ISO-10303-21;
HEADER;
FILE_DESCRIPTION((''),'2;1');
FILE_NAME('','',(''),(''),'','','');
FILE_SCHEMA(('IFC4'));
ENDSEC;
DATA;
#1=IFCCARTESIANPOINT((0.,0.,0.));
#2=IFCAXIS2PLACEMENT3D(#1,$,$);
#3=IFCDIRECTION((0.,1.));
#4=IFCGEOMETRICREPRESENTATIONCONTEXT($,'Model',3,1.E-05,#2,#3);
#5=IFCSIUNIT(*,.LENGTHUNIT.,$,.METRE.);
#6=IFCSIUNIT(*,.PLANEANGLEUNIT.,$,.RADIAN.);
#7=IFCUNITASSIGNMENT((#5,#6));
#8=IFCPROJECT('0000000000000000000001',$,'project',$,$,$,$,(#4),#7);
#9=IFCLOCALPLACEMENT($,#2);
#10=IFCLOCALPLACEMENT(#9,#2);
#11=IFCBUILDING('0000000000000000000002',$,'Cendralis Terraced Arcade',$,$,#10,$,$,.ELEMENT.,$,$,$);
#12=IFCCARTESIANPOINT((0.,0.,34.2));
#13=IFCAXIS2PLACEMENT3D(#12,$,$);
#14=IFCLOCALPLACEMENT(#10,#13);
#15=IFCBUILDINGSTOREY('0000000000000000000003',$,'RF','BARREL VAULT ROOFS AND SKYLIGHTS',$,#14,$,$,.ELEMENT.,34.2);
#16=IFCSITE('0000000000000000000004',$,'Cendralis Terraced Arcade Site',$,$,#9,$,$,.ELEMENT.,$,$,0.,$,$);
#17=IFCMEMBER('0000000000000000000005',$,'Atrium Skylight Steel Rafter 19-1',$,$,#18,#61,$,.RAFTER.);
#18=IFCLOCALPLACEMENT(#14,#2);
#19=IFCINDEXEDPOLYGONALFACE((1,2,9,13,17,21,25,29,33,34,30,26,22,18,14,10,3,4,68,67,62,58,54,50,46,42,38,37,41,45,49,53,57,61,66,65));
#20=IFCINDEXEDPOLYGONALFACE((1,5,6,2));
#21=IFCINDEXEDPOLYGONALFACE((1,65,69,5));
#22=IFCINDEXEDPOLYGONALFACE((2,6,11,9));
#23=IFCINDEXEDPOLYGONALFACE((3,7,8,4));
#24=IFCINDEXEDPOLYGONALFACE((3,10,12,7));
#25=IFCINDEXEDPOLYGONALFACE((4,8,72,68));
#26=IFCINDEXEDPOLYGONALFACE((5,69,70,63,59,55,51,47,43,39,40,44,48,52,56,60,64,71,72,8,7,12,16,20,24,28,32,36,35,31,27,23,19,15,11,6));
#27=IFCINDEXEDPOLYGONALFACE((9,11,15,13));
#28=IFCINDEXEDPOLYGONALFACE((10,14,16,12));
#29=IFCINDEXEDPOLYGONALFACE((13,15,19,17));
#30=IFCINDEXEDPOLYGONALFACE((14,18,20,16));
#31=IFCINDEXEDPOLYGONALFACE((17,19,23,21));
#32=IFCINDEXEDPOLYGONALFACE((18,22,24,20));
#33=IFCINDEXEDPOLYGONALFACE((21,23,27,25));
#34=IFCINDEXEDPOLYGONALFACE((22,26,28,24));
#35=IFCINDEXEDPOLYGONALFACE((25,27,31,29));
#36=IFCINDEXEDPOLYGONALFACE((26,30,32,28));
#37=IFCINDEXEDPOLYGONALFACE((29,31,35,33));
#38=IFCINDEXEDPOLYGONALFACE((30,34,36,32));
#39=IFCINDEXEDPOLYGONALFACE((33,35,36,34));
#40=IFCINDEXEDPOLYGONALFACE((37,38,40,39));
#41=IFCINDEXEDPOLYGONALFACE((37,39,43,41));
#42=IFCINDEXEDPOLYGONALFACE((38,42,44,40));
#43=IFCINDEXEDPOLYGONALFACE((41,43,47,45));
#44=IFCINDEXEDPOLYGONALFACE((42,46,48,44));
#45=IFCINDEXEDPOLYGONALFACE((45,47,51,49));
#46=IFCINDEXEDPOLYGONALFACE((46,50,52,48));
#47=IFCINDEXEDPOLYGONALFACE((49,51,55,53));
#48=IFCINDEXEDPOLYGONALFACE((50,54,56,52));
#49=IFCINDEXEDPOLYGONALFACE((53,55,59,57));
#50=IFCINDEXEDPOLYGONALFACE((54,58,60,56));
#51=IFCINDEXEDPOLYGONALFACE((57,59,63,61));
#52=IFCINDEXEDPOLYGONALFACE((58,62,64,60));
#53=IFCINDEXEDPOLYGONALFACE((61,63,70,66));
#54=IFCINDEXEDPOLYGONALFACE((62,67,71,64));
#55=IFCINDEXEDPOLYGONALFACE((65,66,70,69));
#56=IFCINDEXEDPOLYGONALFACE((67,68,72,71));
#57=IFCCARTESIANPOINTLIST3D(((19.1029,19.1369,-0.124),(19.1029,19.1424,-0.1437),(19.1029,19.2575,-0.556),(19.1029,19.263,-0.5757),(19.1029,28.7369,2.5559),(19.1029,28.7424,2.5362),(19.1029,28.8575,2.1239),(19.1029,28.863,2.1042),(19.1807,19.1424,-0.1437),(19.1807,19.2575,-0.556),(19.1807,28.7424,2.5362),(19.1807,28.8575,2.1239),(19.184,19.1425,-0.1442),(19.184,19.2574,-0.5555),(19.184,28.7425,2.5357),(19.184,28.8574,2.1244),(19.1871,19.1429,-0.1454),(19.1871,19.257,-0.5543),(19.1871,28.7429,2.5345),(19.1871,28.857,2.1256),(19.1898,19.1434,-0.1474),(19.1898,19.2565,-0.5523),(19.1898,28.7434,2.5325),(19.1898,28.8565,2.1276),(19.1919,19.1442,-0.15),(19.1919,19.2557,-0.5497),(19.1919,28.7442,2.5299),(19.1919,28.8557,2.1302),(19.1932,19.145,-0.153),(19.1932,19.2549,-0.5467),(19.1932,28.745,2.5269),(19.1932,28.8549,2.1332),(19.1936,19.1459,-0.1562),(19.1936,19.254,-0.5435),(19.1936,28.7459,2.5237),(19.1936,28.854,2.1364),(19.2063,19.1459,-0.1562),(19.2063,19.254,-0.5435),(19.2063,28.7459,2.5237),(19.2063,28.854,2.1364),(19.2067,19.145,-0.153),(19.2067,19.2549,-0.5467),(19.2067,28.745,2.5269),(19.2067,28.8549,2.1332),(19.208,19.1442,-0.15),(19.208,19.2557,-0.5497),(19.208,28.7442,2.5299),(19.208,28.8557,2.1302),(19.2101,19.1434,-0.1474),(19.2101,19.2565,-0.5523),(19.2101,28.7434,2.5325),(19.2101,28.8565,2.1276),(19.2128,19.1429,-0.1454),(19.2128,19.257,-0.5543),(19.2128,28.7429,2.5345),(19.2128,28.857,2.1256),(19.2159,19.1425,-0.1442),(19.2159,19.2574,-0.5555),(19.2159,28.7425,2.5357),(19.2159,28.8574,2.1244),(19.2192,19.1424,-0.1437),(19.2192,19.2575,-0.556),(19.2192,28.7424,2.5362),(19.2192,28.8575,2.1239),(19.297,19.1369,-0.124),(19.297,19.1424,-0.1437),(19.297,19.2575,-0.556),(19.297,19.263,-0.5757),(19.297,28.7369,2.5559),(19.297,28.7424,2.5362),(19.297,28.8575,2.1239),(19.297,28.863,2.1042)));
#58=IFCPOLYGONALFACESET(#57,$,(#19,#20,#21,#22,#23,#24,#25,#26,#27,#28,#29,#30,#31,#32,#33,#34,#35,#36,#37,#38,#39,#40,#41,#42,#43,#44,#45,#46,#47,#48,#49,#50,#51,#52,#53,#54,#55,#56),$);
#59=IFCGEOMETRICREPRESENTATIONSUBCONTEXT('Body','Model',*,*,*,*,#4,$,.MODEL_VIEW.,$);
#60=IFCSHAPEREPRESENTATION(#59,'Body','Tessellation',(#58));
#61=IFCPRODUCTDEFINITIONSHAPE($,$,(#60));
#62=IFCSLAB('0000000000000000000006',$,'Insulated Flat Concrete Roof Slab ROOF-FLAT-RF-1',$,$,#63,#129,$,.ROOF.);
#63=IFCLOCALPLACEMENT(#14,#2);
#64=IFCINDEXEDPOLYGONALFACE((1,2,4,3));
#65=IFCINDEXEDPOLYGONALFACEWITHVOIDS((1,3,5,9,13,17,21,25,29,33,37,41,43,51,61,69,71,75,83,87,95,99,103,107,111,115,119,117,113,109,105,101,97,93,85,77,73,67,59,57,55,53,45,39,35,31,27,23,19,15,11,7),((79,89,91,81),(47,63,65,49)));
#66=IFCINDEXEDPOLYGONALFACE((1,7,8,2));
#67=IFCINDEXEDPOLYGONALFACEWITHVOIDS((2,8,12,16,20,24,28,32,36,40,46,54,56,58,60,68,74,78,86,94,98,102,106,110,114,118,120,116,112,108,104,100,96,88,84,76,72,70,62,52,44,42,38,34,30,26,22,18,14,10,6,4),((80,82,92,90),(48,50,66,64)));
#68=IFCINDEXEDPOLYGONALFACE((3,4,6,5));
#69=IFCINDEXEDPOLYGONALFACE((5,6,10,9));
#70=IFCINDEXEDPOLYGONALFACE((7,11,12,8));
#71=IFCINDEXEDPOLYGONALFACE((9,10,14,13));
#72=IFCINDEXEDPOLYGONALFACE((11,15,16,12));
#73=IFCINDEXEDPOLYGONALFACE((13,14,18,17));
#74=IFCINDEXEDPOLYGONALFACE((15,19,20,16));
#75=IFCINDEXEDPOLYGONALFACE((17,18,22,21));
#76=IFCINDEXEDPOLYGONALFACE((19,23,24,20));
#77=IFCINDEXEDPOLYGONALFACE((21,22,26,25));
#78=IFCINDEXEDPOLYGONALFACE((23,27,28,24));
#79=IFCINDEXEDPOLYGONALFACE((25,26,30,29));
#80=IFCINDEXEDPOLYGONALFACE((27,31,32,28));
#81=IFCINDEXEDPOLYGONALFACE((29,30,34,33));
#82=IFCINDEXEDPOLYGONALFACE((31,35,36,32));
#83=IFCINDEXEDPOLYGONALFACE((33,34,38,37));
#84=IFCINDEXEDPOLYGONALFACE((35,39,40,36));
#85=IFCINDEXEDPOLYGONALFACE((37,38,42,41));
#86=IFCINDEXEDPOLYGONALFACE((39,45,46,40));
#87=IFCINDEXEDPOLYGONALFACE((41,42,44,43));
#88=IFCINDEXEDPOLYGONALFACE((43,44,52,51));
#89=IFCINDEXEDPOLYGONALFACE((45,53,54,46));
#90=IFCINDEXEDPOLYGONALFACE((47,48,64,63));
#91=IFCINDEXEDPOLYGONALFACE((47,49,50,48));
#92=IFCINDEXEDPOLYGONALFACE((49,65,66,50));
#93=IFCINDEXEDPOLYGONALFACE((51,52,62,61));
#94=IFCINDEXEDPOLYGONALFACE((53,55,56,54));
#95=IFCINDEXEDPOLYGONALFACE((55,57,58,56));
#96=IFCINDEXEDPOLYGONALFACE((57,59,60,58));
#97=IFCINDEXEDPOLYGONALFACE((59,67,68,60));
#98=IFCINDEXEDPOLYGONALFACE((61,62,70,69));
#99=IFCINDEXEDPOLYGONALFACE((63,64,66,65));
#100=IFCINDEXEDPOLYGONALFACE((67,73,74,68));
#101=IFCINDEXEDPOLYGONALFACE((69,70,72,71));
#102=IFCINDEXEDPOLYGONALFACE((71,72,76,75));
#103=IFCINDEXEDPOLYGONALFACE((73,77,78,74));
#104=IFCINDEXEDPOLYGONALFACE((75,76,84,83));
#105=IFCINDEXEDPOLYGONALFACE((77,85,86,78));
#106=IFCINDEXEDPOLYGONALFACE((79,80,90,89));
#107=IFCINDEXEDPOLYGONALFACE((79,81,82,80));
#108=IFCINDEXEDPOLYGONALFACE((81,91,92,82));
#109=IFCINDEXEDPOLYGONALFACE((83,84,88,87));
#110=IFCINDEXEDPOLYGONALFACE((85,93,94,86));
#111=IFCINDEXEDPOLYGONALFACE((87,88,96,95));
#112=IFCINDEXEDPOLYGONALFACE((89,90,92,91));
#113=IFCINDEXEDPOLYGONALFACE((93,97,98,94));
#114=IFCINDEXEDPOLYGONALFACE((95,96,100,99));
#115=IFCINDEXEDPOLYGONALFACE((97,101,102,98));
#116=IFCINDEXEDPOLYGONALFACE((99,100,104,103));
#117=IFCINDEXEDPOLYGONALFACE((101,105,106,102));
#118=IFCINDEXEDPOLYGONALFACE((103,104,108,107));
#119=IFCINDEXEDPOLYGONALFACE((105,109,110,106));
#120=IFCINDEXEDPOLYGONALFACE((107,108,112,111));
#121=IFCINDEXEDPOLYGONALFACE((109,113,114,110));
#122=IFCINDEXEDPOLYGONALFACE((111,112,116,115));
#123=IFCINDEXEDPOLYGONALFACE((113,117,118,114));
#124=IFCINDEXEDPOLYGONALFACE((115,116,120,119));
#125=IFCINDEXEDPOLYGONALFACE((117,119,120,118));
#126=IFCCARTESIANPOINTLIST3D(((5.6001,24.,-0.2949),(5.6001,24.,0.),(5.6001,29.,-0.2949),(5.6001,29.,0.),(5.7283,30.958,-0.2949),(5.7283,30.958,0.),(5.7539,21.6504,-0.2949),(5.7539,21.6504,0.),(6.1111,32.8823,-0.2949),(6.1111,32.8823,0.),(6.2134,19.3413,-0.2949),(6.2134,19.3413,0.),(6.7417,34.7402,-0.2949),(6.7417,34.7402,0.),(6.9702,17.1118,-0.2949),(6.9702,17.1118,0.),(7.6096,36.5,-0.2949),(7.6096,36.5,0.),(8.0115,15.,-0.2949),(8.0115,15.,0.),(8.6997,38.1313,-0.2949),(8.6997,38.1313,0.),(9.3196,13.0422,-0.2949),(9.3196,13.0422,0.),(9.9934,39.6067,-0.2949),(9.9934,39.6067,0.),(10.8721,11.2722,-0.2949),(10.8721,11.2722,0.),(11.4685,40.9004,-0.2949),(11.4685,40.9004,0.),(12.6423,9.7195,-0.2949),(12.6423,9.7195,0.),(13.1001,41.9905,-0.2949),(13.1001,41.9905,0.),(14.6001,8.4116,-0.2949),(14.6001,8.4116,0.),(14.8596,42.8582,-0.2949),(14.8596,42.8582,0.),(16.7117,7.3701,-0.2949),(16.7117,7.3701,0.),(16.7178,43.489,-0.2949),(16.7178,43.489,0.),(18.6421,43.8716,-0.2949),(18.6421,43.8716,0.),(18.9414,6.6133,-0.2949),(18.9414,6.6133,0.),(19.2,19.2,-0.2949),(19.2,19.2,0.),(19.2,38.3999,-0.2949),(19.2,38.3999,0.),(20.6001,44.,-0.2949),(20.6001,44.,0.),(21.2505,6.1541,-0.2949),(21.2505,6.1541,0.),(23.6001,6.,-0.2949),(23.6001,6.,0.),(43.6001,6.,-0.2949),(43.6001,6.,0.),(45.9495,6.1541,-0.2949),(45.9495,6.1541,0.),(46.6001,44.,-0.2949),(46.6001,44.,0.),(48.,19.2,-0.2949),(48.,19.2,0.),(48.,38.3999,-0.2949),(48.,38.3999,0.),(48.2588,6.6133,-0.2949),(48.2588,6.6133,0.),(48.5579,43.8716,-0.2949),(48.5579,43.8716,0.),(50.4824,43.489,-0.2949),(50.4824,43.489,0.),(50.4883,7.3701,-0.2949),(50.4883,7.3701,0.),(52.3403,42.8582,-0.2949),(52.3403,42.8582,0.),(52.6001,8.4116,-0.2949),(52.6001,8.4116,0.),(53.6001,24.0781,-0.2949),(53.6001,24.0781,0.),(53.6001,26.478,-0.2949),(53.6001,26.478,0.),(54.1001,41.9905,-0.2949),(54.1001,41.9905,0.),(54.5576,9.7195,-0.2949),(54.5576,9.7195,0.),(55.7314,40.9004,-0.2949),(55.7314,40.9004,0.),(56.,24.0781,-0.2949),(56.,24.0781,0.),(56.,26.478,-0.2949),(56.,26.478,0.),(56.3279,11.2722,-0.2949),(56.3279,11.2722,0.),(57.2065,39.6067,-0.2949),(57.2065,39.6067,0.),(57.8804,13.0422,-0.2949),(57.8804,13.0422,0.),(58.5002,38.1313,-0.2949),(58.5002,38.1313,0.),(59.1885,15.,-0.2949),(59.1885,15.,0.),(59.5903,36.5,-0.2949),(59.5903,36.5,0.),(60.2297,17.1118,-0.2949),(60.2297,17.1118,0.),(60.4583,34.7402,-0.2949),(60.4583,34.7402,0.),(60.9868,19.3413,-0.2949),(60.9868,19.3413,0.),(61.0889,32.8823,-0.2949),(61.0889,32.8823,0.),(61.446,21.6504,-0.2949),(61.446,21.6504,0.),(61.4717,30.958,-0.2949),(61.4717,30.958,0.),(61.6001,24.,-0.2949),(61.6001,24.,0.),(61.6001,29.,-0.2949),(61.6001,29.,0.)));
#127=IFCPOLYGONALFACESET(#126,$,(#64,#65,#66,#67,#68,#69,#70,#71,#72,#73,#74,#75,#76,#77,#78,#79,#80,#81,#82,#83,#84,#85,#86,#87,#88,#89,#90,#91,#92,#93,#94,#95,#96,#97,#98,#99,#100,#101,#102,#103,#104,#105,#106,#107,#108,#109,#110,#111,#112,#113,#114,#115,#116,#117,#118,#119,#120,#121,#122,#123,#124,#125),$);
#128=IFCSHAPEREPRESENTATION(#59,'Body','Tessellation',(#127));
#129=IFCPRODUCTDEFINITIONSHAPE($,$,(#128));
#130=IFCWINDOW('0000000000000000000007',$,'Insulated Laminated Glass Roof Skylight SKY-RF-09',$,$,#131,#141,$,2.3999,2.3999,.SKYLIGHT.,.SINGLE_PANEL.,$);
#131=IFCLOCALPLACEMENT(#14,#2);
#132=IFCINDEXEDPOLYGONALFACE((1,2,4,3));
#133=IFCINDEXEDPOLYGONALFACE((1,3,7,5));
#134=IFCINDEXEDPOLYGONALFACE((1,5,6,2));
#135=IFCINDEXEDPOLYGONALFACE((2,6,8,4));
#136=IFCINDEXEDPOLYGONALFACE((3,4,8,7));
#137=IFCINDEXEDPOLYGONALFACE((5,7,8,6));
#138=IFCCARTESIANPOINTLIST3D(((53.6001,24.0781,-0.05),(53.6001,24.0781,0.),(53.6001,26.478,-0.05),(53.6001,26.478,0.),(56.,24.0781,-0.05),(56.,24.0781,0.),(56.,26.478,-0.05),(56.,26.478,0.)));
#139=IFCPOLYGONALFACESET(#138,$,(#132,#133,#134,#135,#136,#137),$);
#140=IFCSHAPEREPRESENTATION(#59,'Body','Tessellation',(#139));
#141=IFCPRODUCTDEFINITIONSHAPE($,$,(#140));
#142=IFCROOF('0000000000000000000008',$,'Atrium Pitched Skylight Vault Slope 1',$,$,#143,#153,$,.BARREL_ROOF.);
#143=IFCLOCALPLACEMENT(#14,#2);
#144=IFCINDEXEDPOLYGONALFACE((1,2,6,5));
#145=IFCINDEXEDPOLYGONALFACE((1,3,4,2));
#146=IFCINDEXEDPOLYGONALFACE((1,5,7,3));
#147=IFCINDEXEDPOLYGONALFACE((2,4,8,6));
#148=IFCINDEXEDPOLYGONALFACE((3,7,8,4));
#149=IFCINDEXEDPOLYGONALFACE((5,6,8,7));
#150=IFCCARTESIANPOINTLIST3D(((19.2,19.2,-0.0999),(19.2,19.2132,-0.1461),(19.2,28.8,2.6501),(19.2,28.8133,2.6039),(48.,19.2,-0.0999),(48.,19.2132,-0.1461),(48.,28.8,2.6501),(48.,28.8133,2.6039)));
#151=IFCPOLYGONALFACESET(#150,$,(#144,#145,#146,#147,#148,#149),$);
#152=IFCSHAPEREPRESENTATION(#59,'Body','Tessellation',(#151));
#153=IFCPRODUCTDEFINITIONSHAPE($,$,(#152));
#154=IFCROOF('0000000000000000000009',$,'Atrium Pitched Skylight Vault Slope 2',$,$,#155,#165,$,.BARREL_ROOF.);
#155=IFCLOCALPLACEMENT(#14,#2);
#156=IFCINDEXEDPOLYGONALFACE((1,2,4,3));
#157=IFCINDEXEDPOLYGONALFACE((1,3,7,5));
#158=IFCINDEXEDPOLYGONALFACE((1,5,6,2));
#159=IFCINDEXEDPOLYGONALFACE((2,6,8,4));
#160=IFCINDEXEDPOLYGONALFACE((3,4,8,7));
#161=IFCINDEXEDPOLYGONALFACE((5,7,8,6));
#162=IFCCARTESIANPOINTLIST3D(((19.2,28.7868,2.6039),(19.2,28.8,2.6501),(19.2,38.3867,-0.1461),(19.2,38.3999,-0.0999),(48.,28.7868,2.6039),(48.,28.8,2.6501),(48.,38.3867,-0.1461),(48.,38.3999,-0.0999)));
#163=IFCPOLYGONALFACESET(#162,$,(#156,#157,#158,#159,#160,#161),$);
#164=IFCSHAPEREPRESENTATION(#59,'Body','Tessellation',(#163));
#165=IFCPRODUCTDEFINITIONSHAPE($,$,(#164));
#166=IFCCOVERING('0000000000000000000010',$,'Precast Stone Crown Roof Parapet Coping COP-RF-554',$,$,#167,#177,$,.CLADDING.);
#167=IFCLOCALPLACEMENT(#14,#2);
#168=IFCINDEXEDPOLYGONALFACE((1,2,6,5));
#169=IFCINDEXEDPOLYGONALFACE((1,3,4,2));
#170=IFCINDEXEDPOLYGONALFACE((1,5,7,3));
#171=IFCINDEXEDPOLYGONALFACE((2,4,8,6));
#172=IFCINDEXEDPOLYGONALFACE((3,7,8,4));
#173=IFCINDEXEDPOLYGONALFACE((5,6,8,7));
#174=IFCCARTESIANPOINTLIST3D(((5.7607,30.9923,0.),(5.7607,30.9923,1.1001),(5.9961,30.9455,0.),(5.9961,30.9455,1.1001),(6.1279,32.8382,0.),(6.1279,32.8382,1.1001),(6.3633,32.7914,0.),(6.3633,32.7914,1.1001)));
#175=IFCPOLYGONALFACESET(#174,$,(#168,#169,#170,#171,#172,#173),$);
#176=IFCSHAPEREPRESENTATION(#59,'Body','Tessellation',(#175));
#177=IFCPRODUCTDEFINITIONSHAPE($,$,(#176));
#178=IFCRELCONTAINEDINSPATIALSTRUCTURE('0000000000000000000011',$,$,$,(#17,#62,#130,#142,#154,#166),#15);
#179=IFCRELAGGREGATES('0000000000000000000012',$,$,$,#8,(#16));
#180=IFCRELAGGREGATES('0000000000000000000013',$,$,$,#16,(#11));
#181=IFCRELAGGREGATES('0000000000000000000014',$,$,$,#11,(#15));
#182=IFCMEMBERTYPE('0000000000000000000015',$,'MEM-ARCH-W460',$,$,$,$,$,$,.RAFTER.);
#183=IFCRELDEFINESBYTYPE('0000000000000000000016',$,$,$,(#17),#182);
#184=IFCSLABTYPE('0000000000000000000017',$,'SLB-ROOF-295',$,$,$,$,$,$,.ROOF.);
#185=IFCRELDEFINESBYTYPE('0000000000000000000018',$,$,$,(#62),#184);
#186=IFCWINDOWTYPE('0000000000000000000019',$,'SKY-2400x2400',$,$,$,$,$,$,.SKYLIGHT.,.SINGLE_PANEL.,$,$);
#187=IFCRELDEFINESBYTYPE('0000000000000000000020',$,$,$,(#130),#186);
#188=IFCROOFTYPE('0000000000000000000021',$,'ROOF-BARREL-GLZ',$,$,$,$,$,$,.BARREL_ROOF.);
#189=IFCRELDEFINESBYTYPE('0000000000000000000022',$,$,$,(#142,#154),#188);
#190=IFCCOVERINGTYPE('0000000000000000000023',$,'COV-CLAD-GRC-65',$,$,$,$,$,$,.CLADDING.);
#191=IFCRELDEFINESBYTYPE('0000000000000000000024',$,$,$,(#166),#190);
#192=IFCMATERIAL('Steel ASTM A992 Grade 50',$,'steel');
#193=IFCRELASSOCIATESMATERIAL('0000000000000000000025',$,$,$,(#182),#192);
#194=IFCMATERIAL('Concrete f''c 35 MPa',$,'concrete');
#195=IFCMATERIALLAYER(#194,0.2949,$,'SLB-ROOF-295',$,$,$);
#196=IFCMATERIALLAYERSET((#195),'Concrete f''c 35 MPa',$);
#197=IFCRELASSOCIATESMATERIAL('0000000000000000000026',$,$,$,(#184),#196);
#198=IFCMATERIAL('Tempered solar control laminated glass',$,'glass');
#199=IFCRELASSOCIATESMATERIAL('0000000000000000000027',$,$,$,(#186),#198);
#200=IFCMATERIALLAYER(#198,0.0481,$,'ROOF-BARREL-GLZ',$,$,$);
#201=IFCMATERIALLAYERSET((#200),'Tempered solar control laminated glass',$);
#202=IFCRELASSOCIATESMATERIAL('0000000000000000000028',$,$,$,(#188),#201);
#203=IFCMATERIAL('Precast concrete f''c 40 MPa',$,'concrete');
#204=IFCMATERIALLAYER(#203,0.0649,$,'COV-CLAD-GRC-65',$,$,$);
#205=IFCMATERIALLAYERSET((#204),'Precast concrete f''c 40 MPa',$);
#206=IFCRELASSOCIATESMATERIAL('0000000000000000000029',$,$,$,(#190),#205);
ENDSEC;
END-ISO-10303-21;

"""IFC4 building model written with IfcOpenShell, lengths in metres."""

from ifc_helpers import new_model, si_unit, direction, frame, origin, origin_2d, place, context, subcontext, project, spatial, polyline, rectangle, i_section, outline, extrude, material, layer, layer_set, material_profile, profile_set, type_object, element, fill, save


model = new_model("IFC4")

# Units and contexts
model_context = context("Model", 3, precision=1e-05, world=origin(), true_north=direction((0.0, 1.0)))
body_context = subcontext(model_context, "Body", "Model", "MODEL_VIEW")
ifc_project = project(units=[si_unit("LENGTHUNIT", "METRE"), si_unit("PLANEANGLEUNIT", "RADIAN")], contexts=[model_context])

# Site, building, storey
site_placement = place(None, origin())
site = spatial("IfcSite", under=ifc_project, at=site_placement, Name="Cendralis Terraced Arcade Site", CompositionType="ELEMENT", RefElevation=0.0)
building_placement = place(site_placement, origin())
building = spatial("IfcBuilding", under=site, at=building_placement, Name="Cendralis Terraced Arcade", CompositionType="ELEMENT")
storey_placement = place(building_placement, frame((0.0, 0.0, 34.2)))
storey = spatial("IfcBuildingStorey", under=building, at=storey_placement, Name="RF", Description="BARREL VAULT ROOFS AND SKYLIGHTS", CompositionType="ELEMENT", Elevation=34.2)

# Shared definitions
ifc_material_1 = material(Name="Steel ASTM A992 Grade 50", Category="steel")

# Member
ifc_material_profile_1 = material_profile(ifc_material_1, i_section(OverallWidth=0.1941, OverallDepth=0.469, WebThickness=0.0127, FlangeThickness=0.0205, FilletRadius=0.0129, at=origin_2d()), Name="W460X106", Category="LoadBearing")
ifc_profile_set_1 = profile_set([ifc_material_profile_1], Name="Steel ASTM A992 Grade 50")
member_type_1 = type_object("IfcMemberType", Name="MEM-ARCH-W460", PredefinedType="RAFTER", material=ifc_profile_set_1)
member_1_placement = place(storey_placement, frame((19.2, 19.2, -0.3499), z_axis=(0.0, 0.963175, 0.268877), x_axis=(-1.0, 0.0, 0.0)))
element("IfcMember", 1, at=member_1_placement, inside=storey, type_object=member_type_1, Name="Atrium Skylight Steel Rafter 19-1", PredefinedType="RAFTER", context=body_context, shape_type="SweptSolid", body=[
    extrude(i_section(OverallWidth=0.1941, OverallDepth=0.469, WebThickness=0.0127, FlangeThickness=0.0205, FilletRadius=0.0129, at=origin_2d()), origin(), (0.0, 0.0, 1.0), 9.967),
])

# Slab, opening, window
ifc_material_2 = material(Name="Concrete f'c 35 MPa", Category="concrete")
ifc_layer_1 = layer(ifc_material_2, 0.2949, Name="SLB-ROOF-295")
ifc_layer_set_1 = layer_set([ifc_layer_1], Name="Concrete f'c 35 MPa")
slab_type = type_object("IfcSlabType", Name="SLB-ROOF-295", PredefinedType="ROOF", material=ifc_layer_set_1)
slab_placement = place(storey_placement, frame((0.0, 0.0, -0.2949)))
slab = element("IfcSlab", 2, at=slab_placement, inside=storey, type_object=slab_type, Name="Insulated Flat Concrete Roof Slab ROOF-FLAT-RF-1", PredefinedType="ROOF", context=body_context, shape_type="SweptSolid", body=[
    extrude(outline(polyline([(5.7283, 30.958), (6.1111, 32.8823), (6.7417, 34.7402), (7.6096, 36.5), (8.6997, 38.1313), (9.9934, 39.6067), (11.4685, 40.9004), (13.1001, 41.9905), (14.8596, 42.8582), (16.7178, 43.489), (18.6421, 43.8716), (20.6001, 44.0), (46.6001, 44.0), (48.5579, 43.8716), (50.4824, 43.489), (52.3403, 42.8582), (54.1001, 41.9905), (55.7314, 40.9004), (57.2065, 39.6067), (58.5002, 38.1313), (59.5903, 36.5), (60.4583, 34.7402), (61.0889, 32.8823), (61.4717, 30.958), (61.6001, 29.0), (61.6001, 24.0), (61.446, 21.6504), (60.9868, 19.3413), (60.2297, 17.1118), (59.1885, 15.0), (57.8804, 13.0422), (56.3279, 11.2722), (54.5576, 9.7195), (52.6001, 8.4116), (50.4883, 7.3701), (48.2588, 6.6133), (45.9495, 6.1541), (43.6001, 6.0), (23.6001, 6.0), (21.2505, 6.1541), (18.9414, 6.6133), (16.7117, 7.3701), (14.6001, 8.4116), (12.6423, 9.7195), (10.8721, 11.2722), (9.3196, 13.0422), (8.0115, 15.0), (6.9702, 17.1118), (6.2134, 19.3413), (5.7539, 21.6504), (5.6001, 24.0), (5.6001, 29.0), (5.7283, 30.958)]), holes=[polyline([(48.0, 38.3999), (19.2, 38.3999), (19.2, 19.2), (48.0, 19.2), (48.0, 38.3999)])]), origin(), (0.0, 0.0, 1.0), 0.2949),
])
opening_placement = place(slab_placement, frame((54.8, 25.2781, 0.0)))
opening = element("IfcOpeningElement", 3, at=opening_placement, cuts=slab, PredefinedType="OPENING", context=body_context, shape_type="SweptSolid", body=[
    extrude(rectangle(XDim=2.3999, YDim=2.3999, at=origin_2d()), frame((0.0, 0.0, -0.012)), (0.0, 0.0, 1.0), 0.3188),
])
ifc_material_3 = material(Name="Tempered solar control laminated glass", Category="glass")
window_type = type_object("IfcWindowType", Name="SKY-2400x2400", PartitioningType="SINGLE_PANEL", PredefinedType="SKYLIGHT", material=ifc_material_3)
window_placement = place(opening_placement, frame((0.0, 0.0, 0.2449)))
window = element("IfcWindow", 4, at=window_placement, inside=storey, type_object=window_type, Name="Insulated Laminated Glass Roof Skylight SKY-RF-09", OverallHeight=2.3999, OverallWidth=2.3999, PartitioningType="SINGLE_PANEL", PredefinedType="SKYLIGHT", context=body_context, shape_type="SweptSolid", body=[
    extrude(rectangle(XDim=2.3999, YDim=2.3999, at=origin_2d()), origin(), (0.0, 0.0, 1.0), 0.05),
])
fill(opening, window)

# Roofs
ifc_layer_2 = layer(ifc_material_3, 0.0481, Name="ROOF-BARREL-GLZ")
ifc_layer_set_2 = layer_set([ifc_layer_2], Name="Tempered solar control laminated glass")
roof_type = type_object("IfcRoofType", Name="ROOF-BARREL-GLZ", PredefinedType="BARREL_ROOF", material=ifc_layer_set_2)
roof_1_placement = place(storey_placement, frame((19.2, 19.2, -0.0999), z_axis=(0.0, -0.27538, 0.961336), x_axis=(1.0, 0.0, 0.0)))
element("IfcRoof", 5, at=roof_1_placement, inside=storey, type_object=roof_type, Name="Atrium Pitched Skylight Vault Slope 1", PredefinedType="BARREL_ROOF", context=body_context, shape_type="SweptSolid", body=[
    extrude(outline(polyline([(0.0, 0.0), (28.8, 0.0), (28.8, 9.9862), (0.0, 9.9862), (0.0, 0.0)])), origin(), (0.0, 0.0, -1.0), 0.0481),
])
roof_2_placement = place(storey_placement, frame((19.2, 28.8, 2.6501), z_axis=(0.0, 0.275386, 0.961334), x_axis=(1.0, 0.0, 0.0)))
element("IfcRoof", 6, at=roof_2_placement, inside=storey, type_object=roof_type, Name="Atrium Pitched Skylight Vault Slope 2", PredefinedType="BARREL_ROOF", context=body_context, shape_type="SweptSolid", body=[
    extrude(outline(polyline([(0.0, 0.0), (28.8, 0.0), (28.8, 9.986), (0.0, 9.986), (0.0, 0.0)])), origin(), (0.0, 0.0, -1.0), 0.0481),
])

# Covering
ifc_material_4 = material(Name="Precast concrete f'c 40 MPa", Category="concrete")
ifc_layer_3 = layer(ifc_material_4, 0.0649, Name="COV-CLAD-GRC-65")
ifc_layer_set_3 = layer_set([ifc_layer_3], Name="Precast concrete f'c 40 MPa")
covering_type_1 = type_object("IfcCoveringType", Name="COV-CLAD-GRC-65", PredefinedType="CLADDING", material=ifc_layer_set_3)
for number, where, z_axis, x_axis, name in (
    (7, (6.062, 31.8918, 0.0), (0.0, 0.0, 1.0), (0.19509, 0.980785, 0.0), "Precast Stone Crown Roof Parapet Coping COP-RF-554"),
):
    element("IfcCovering", number, at=place(storey_placement, frame(where, z_axis=z_axis, x_axis=x_axis)), inside=storey, type_object=covering_type_1, Name=name, PredefinedType="CLADDING", context=body_context, shape_type="SweptSolid", body=[
        extrude(rectangle(XDim=1.8821, YDim=0.24, at=origin_2d()), origin(), (0.0, 0.0, 1.0), 1.1001),
    ])

save(model, "model.ifc")
